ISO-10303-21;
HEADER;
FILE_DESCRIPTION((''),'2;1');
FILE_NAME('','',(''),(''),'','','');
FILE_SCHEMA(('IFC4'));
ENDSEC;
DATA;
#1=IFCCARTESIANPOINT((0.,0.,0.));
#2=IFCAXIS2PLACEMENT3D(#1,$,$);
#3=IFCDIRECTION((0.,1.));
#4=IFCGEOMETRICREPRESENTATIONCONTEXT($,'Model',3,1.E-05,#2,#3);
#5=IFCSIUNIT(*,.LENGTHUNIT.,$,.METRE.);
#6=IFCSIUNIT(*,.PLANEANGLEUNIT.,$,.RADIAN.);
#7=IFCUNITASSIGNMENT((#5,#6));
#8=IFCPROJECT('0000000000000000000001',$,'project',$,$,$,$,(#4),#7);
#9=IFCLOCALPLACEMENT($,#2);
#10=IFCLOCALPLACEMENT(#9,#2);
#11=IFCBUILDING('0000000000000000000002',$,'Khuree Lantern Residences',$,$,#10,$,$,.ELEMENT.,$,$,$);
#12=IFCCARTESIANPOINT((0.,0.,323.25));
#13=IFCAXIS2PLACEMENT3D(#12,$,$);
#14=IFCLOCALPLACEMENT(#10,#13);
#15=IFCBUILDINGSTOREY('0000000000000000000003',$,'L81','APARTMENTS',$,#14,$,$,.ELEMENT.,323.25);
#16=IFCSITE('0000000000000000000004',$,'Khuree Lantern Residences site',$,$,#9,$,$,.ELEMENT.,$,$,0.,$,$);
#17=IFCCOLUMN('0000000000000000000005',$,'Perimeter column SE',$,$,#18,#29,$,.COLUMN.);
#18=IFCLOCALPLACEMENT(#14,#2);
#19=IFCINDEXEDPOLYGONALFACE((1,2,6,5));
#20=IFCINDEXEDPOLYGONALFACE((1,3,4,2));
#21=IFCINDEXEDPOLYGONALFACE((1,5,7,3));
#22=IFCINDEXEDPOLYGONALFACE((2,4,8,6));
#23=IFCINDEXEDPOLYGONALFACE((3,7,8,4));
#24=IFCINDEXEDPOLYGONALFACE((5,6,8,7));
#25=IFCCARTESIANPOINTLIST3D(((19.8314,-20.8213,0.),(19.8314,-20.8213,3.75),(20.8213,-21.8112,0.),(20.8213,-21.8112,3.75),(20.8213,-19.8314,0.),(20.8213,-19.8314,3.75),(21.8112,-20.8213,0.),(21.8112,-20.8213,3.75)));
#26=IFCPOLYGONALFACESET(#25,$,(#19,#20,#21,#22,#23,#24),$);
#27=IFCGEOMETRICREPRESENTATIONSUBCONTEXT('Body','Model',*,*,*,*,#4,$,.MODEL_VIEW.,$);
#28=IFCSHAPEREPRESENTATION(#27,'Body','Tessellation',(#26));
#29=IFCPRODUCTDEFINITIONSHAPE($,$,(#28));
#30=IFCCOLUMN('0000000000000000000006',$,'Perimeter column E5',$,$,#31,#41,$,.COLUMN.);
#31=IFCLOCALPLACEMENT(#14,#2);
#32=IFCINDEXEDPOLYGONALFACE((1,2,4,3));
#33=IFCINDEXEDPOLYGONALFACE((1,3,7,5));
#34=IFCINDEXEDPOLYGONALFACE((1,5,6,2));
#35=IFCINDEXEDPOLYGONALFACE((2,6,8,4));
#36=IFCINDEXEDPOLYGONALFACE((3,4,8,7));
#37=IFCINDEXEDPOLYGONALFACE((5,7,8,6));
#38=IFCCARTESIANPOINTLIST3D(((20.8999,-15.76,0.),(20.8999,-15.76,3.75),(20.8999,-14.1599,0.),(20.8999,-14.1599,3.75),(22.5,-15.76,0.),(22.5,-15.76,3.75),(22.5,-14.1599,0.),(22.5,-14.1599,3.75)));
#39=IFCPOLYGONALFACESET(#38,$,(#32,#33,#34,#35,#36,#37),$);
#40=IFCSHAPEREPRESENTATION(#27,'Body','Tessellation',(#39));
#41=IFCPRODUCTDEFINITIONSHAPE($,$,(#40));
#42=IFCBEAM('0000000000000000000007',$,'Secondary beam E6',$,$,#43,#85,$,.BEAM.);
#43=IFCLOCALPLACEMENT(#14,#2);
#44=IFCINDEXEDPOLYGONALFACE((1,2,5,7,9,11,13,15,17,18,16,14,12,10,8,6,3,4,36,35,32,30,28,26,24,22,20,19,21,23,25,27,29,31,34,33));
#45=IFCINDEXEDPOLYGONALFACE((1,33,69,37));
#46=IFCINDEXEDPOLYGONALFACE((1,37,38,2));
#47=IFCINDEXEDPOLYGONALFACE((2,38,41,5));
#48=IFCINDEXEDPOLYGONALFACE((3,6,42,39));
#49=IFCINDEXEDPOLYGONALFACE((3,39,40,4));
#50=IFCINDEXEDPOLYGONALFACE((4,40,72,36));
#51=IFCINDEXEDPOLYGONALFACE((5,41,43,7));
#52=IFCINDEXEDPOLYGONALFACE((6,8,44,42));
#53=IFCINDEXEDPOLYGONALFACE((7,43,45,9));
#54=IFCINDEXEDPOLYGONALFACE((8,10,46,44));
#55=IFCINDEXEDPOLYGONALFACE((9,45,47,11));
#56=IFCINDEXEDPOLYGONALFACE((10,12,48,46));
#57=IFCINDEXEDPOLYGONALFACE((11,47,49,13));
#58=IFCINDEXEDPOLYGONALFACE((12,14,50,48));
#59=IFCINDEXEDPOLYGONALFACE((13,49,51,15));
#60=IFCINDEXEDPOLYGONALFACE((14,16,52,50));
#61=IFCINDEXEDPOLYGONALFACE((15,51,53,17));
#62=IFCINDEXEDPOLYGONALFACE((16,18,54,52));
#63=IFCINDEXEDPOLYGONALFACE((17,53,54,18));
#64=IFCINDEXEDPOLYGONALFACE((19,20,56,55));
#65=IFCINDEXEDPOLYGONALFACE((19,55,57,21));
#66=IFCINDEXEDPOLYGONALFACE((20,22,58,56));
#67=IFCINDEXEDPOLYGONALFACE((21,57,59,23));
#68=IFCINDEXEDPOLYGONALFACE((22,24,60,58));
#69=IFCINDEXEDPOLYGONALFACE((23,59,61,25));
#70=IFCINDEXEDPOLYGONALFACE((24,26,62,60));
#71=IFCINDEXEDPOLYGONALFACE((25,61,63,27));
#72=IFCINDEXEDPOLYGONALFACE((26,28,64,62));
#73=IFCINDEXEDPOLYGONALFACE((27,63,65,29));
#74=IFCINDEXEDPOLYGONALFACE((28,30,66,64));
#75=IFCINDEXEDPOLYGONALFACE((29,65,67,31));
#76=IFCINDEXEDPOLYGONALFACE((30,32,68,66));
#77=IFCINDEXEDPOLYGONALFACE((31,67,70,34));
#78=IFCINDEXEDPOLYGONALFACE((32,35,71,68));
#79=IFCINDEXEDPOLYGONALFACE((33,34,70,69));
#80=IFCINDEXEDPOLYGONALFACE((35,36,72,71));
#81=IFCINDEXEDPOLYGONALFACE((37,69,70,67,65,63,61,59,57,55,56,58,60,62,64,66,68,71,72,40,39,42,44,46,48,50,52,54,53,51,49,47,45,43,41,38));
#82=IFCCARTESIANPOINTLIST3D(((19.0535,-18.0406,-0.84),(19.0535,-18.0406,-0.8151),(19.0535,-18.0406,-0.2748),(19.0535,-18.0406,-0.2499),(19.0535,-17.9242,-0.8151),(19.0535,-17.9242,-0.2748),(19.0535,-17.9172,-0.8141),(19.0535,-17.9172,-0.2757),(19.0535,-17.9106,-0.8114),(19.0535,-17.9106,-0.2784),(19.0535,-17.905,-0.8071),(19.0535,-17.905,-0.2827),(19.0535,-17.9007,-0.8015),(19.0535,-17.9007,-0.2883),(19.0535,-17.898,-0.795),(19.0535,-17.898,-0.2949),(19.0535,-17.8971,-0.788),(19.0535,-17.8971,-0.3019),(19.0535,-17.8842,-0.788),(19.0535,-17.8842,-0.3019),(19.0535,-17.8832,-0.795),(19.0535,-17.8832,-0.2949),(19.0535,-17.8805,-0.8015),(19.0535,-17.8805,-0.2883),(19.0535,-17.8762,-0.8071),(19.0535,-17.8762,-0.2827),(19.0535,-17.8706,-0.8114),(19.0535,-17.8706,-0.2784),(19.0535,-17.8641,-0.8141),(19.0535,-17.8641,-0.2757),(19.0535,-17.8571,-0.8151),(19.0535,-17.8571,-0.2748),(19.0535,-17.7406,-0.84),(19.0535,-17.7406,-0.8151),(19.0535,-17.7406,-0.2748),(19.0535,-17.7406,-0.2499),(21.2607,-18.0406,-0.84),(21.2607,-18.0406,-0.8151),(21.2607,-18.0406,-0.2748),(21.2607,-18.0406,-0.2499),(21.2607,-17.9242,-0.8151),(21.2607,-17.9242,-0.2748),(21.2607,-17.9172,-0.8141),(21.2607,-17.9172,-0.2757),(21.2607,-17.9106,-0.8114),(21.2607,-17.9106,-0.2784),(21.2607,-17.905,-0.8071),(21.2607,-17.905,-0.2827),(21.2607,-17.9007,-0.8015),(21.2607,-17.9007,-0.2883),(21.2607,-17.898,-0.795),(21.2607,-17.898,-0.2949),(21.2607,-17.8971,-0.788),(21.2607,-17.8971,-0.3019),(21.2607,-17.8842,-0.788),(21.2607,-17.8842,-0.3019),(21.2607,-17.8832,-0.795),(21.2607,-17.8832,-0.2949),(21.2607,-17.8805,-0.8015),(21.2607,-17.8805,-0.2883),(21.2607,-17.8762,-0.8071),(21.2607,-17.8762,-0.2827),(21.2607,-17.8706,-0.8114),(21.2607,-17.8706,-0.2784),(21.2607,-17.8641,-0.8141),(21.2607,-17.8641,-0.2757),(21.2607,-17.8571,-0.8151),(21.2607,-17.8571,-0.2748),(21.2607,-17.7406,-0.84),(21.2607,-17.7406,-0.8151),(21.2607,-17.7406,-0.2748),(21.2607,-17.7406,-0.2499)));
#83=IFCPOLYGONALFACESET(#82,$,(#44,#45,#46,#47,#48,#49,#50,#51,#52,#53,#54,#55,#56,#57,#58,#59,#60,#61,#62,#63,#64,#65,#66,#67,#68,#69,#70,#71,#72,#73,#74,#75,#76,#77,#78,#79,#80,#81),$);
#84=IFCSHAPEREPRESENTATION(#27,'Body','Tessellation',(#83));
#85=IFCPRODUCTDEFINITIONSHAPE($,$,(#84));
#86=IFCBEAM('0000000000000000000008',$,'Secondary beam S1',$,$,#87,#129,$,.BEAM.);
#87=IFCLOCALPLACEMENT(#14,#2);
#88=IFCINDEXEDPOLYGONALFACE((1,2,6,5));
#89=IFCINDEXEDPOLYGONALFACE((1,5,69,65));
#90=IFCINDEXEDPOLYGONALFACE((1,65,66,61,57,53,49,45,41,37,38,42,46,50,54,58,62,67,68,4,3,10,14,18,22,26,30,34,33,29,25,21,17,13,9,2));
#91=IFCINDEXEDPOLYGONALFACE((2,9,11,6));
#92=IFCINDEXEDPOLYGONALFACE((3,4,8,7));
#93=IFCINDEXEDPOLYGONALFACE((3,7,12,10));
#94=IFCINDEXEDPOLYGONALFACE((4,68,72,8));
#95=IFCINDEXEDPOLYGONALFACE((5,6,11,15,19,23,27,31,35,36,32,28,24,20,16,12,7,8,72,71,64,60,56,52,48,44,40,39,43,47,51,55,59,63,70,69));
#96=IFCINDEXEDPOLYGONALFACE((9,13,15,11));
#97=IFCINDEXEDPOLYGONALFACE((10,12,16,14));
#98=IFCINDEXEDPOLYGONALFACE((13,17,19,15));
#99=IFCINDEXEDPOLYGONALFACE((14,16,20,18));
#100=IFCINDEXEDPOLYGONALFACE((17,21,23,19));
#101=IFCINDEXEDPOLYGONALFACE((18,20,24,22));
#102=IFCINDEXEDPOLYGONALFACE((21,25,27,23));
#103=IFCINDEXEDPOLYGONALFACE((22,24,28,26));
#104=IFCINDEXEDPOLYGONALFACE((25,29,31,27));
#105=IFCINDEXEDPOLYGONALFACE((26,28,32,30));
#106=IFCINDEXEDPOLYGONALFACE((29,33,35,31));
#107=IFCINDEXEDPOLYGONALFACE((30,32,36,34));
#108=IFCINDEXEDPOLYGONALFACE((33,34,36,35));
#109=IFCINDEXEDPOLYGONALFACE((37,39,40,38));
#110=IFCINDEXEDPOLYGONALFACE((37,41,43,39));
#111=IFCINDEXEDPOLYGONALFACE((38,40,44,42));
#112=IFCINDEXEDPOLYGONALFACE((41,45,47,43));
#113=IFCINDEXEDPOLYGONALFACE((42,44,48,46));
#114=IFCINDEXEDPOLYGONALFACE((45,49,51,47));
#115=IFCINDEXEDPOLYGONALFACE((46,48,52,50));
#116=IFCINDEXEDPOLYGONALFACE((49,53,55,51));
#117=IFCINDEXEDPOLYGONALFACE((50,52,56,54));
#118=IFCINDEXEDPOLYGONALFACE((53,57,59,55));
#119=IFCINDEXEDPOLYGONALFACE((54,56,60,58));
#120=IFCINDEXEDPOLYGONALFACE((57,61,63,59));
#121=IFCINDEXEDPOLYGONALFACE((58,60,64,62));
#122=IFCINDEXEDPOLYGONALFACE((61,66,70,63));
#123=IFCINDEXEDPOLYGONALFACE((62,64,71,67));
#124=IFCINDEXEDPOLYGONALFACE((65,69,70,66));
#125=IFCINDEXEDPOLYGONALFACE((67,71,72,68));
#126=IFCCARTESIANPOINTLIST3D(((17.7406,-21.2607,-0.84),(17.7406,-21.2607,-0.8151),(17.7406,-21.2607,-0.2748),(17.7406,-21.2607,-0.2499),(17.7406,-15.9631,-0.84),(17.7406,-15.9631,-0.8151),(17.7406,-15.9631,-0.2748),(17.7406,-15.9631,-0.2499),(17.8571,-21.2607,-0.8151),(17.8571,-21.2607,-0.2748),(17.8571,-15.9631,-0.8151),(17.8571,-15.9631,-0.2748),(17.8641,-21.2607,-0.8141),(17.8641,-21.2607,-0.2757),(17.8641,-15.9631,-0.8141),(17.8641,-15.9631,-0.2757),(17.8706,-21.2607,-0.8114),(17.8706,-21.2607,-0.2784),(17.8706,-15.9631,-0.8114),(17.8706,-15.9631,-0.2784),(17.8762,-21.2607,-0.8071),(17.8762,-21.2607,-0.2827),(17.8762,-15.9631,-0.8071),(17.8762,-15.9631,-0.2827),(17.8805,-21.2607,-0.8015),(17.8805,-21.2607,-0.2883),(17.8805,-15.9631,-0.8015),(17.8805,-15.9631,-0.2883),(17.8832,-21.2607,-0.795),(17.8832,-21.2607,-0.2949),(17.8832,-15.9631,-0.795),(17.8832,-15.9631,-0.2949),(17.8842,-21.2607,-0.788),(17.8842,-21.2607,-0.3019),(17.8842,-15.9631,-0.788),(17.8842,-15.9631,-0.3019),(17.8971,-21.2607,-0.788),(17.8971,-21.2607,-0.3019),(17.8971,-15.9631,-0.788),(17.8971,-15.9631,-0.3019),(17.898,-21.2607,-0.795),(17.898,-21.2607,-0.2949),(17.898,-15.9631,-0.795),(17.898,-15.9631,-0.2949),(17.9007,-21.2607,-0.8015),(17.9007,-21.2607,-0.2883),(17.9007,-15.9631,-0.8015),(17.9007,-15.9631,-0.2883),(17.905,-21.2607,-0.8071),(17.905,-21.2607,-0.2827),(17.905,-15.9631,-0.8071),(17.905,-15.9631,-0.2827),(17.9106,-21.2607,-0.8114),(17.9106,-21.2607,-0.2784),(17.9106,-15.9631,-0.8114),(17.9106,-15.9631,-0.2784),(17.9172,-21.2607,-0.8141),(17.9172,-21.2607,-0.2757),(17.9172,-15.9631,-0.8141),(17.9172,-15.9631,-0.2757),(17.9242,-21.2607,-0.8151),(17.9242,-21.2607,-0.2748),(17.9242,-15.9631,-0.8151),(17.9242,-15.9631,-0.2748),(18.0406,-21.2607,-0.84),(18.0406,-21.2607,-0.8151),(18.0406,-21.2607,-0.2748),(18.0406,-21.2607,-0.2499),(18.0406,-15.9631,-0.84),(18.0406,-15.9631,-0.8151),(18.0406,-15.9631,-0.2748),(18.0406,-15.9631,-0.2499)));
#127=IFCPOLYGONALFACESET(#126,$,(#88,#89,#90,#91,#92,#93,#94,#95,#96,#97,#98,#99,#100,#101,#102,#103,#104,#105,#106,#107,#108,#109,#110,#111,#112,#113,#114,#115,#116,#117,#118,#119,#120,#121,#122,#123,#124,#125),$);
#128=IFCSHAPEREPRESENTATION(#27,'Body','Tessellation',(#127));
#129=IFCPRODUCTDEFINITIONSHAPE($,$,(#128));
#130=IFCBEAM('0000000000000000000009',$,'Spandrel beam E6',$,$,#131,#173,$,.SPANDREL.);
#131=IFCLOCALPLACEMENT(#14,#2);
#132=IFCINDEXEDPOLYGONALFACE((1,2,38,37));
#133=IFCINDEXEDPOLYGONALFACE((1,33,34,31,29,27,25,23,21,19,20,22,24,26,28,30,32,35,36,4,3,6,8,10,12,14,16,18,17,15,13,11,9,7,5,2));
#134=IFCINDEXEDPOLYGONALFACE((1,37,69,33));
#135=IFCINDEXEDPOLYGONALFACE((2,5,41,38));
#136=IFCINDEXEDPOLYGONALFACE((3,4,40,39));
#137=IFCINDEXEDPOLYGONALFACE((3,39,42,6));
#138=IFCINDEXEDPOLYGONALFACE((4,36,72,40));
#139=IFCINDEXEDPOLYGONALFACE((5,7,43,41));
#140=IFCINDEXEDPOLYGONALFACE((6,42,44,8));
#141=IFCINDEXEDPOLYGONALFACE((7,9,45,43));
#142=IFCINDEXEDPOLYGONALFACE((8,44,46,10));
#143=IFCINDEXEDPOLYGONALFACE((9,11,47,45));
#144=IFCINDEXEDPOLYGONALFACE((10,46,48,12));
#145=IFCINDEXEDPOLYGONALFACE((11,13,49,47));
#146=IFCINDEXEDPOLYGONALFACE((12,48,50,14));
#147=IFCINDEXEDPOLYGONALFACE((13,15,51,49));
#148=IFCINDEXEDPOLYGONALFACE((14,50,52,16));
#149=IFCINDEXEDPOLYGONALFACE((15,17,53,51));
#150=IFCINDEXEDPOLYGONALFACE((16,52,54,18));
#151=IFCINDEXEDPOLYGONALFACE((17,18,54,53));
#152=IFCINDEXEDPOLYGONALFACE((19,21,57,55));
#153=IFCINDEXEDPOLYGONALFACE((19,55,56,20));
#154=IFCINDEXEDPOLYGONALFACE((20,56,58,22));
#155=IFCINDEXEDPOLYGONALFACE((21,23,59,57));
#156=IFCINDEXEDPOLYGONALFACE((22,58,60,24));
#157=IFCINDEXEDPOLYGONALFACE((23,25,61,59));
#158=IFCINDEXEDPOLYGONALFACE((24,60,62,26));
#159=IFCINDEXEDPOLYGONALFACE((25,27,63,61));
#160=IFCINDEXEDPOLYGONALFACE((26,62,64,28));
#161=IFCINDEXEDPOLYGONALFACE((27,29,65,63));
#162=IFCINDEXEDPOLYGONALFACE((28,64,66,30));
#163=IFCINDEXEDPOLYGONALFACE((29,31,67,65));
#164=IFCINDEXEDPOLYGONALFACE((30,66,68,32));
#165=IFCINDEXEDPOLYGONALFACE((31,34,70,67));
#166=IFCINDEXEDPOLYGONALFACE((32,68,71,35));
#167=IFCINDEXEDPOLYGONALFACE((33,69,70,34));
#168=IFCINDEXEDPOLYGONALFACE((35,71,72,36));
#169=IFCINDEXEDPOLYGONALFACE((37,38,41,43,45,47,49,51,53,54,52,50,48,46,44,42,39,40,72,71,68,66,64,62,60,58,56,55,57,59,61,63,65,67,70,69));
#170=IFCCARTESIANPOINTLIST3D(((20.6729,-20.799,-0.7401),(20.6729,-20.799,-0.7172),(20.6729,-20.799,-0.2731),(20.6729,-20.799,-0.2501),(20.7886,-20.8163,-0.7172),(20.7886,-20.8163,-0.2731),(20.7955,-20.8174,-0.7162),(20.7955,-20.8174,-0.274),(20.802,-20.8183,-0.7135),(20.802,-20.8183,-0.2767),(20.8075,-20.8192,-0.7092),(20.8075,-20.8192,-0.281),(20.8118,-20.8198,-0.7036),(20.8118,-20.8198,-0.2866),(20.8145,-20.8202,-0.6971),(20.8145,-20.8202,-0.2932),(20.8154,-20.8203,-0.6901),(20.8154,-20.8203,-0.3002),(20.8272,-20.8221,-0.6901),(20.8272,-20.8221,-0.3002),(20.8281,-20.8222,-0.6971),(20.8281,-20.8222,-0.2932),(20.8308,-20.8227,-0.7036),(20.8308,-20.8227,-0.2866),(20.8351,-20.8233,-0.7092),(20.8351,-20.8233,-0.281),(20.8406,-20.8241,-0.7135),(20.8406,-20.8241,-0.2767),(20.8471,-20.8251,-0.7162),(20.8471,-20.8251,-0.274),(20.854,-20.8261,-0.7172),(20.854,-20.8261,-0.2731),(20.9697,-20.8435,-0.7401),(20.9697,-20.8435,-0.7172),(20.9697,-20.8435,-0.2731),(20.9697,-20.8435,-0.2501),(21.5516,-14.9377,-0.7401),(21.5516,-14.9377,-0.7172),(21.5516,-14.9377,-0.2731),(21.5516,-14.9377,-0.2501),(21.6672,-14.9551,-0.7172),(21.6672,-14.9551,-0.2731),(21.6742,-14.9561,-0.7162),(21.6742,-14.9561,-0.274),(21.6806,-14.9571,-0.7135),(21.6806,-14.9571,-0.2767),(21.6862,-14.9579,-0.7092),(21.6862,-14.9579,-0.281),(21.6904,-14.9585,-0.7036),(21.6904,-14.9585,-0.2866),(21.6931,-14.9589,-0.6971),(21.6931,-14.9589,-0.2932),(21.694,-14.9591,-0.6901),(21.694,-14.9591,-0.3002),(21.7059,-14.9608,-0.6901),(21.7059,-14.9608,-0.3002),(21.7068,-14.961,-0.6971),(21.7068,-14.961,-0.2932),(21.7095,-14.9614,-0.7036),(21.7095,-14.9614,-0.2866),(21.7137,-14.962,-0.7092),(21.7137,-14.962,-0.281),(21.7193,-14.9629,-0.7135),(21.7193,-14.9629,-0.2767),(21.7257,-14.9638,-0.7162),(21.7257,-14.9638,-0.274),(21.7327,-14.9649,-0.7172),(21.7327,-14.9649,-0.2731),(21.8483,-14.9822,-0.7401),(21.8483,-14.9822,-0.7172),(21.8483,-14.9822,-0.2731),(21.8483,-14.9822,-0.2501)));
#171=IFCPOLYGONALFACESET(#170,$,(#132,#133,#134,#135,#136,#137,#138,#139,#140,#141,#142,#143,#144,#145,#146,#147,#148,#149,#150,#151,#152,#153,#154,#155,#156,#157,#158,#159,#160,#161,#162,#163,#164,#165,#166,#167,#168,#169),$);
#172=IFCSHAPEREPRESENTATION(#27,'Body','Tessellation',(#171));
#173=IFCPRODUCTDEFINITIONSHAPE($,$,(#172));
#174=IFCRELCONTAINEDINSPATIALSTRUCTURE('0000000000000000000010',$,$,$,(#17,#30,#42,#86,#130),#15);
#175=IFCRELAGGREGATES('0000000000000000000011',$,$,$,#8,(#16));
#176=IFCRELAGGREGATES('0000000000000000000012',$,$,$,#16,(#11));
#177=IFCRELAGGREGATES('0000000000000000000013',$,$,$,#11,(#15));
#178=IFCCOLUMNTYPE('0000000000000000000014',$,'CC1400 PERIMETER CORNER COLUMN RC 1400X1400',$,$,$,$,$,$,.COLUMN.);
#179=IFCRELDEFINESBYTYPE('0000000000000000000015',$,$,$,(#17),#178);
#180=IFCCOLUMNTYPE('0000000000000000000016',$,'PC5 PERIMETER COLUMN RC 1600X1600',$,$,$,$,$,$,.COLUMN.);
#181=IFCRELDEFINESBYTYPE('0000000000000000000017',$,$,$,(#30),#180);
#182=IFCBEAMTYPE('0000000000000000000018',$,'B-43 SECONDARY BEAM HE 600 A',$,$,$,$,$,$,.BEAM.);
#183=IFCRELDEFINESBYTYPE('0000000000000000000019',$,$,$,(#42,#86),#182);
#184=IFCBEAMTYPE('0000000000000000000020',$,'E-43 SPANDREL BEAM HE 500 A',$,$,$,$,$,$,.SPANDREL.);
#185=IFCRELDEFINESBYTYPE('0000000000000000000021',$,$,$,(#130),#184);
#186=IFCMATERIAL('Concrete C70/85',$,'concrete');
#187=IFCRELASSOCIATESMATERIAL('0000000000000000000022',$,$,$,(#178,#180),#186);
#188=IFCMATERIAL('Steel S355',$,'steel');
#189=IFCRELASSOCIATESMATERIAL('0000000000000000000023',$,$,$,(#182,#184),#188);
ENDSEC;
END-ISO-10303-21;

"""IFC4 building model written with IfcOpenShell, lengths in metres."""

from ifc_helpers import new_model, si_unit, direction, frame, origin, origin_2d, place, context, subcontext, project, spatial, rectangle, i_section, extrude, material, material_profile, profile_set, type_object, element, save


model = new_model("IFC4")

# Units and contexts
model_context = context("Model", 3, precision=1e-05, world=origin(), true_north=direction((0.0, 1.0)))
body_context = subcontext(model_context, "Body", "Model", "MODEL_VIEW")
ifc_project = project(units=[si_unit("LENGTHUNIT", "METRE"), si_unit("PLANEANGLEUNIT", "RADIAN")], contexts=[model_context])

# Site, building, storey
site_placement = place(None, origin())
site = spatial("IfcSite", under=ifc_project, at=site_placement, Name="Khuree Lantern Residences site", CompositionType="ELEMENT", RefElevation=0.0)
building_placement = place(site_placement, origin())
building = spatial("IfcBuilding", under=site, at=building_placement, Name="Khuree Lantern Residences", CompositionType="ELEMENT")
storey_placement = place(building_placement, frame((0.0, 0.0, 323.25)))
storey = spatial("IfcBuildingStorey", under=building, at=storey_placement, Name="L81", Description="APARTMENTS", CompositionType="ELEMENT", Elevation=323.25)

# Columns
ifc_material_1 = material(Name="Concrete C70/85", Category="concrete")
ifc_material_profile_1 = material_profile(ifc_material_1, rectangle(XDim=1.3999, YDim=1.3999, at=origin_2d()), Name="RC 1400X1400")
ifc_profile_set_1 = profile_set([ifc_material_profile_1], Name="Concrete C70/85")
column_type_1 = type_object("IfcColumnType", Name="CC1400 PERIMETER CORNER COLUMN RC 1400X1400", PredefinedType="COLUMN", material=ifc_profile_set_1)
column_1_placement = place(storey_placement, frame((20.8213, -20.8213, 0.0), z_axis=(0.0, 0.0, 1.0), x_axis=(0.707107, 0.707107, 0.0)))
element("IfcColumn", 1, at=column_1_placement, inside=storey, type_object=column_type_1, Name="Perimeter column SE", PredefinedType="COLUMN", context=body_context, shape_type="SweptSolid", body=[
    extrude(rectangle(XDim=1.3999, YDim=1.3999, at=origin_2d()), origin(), (0.0, 0.0, 1.0), 3.75),
])
ifc_material_profile_2 = material_profile(ifc_material_1, rectangle(XDim=1.6001, YDim=1.6001, at=origin_2d()), Name="RC 1600X1600")
ifc_profile_set_2 = profile_set([ifc_material_profile_2], Name="Concrete C70/85")
column_type_2 = type_object("IfcColumnType", Name="PC5 PERIMETER COLUMN RC 1600X1600", PredefinedType="COLUMN", material=ifc_profile_set_2)
column_2_placement = place(storey_placement, frame((21.7, -14.96, 0.0), z_axis=(0.0, 0.0, 1.0), x_axis=(0.0, 1.0, 0.0)))
element("IfcColumn", 2, at=column_2_placement, inside=storey, type_object=column_type_2, Name="Perimeter column E5", PredefinedType="COLUMN", context=body_context, shape_type="SweptSolid", body=[
    extrude(rectangle(XDim=1.6001, YDim=1.6001, at=origin_2d()), origin(), (0.0, 0.0, 1.0), 3.75),
])

# Beams
ifc_material_2 = material(Name="Steel S355", Category="steel")
ifc_material_profile_3 = material_profile(ifc_material_2, i_section(OverallWidth=0.3, OverallDepth=0.5901, WebThickness=0.0129, FlangeThickness=0.0249, FilletRadius=0.0271, at=origin_2d()), Name="HE 600 A")
ifc_profile_set_3 = profile_set([ifc_material_profile_3], Name="Steel S355")
beam_type_1 = type_object("IfcBeamType", Name="B-43 SECONDARY BEAM HE 600 A", PredefinedType="BEAM", material=ifc_profile_set_3)
beam_1_placement = place(storey_placement, frame((21.2607, -17.8906, -0.5449), z_axis=(-1.0, 0.0, 0.0), x_axis=(0.0, -1.0, 0.0)))
element("IfcBeam", 3, at=beam_1_placement, inside=storey, type_object=beam_type_1, Name="Secondary beam E6", PredefinedType="BEAM", context=body_context, shape_type="SweptSolid", body=[
    extrude(i_section(OverallWidth=0.3, OverallDepth=0.5901, WebThickness=0.0129, FlangeThickness=0.0249, FilletRadius=0.0271, at=origin_2d()), origin(), (0.0, 0.0, 1.0), 2.2073),
])
beam_2_placement = place(storey_placement, frame((17.8906, -21.2607, -0.5449), z_axis=(0.0, 1.0, 0.0), x_axis=(-1.0, 0.0, 0.0)))
element("IfcBeam", 4, at=beam_2_placement, inside=storey, type_object=beam_type_1, Name="Secondary beam S1", PredefinedType="BEAM", context=body_context, shape_type="SweptSolid", body=[
    extrude(i_section(OverallWidth=0.3, OverallDepth=0.5901, WebThickness=0.0129, FlangeThickness=0.0249, FilletRadius=0.0271, at=origin_2d()), origin(), (0.0, 0.0, 1.0), 5.2976),
])
ifc_material_profile_4 = material_profile(ifc_material_2, i_section(OverallWidth=0.3, OverallDepth=0.49, WebThickness=0.012, FlangeThickness=0.0229, FilletRadius=0.0271, at=origin_2d()), Name="HE 500 A")
ifc_profile_set_4 = profile_set([ifc_material_profile_4], Name="Steel S355")
beam_type_2 = type_object("IfcBeamType", Name="E-43 SPANDREL BEAM HE 500 A", PredefinedType="SPANDREL", material=ifc_profile_set_4)
for number, where, z_axis, x_axis, name in (
    (5, (21.7, -14.96, -0.4951), (-0.148252, -0.98895, 0.0), (0.98895, -0.148252, 0.0), "Spandrel beam E6"),
):
    element("IfcBeam", number, at=place(storey_placement, frame(where, z_axis=z_axis, x_axis=x_axis)), inside=storey, type_object=beam_type_2, Name=name, PredefinedType="SPANDREL", context=body_context, shape_type="SweptSolid", body=[
        extrude(i_section(OverallWidth=0.3, OverallDepth=0.49, WebThickness=0.012, FlangeThickness=0.0229, FilletRadius=0.0271, at=origin_2d()), origin(), (0.0, 0.0, 1.0), 5.9268),
    ])

save(model, "model.ifc")
